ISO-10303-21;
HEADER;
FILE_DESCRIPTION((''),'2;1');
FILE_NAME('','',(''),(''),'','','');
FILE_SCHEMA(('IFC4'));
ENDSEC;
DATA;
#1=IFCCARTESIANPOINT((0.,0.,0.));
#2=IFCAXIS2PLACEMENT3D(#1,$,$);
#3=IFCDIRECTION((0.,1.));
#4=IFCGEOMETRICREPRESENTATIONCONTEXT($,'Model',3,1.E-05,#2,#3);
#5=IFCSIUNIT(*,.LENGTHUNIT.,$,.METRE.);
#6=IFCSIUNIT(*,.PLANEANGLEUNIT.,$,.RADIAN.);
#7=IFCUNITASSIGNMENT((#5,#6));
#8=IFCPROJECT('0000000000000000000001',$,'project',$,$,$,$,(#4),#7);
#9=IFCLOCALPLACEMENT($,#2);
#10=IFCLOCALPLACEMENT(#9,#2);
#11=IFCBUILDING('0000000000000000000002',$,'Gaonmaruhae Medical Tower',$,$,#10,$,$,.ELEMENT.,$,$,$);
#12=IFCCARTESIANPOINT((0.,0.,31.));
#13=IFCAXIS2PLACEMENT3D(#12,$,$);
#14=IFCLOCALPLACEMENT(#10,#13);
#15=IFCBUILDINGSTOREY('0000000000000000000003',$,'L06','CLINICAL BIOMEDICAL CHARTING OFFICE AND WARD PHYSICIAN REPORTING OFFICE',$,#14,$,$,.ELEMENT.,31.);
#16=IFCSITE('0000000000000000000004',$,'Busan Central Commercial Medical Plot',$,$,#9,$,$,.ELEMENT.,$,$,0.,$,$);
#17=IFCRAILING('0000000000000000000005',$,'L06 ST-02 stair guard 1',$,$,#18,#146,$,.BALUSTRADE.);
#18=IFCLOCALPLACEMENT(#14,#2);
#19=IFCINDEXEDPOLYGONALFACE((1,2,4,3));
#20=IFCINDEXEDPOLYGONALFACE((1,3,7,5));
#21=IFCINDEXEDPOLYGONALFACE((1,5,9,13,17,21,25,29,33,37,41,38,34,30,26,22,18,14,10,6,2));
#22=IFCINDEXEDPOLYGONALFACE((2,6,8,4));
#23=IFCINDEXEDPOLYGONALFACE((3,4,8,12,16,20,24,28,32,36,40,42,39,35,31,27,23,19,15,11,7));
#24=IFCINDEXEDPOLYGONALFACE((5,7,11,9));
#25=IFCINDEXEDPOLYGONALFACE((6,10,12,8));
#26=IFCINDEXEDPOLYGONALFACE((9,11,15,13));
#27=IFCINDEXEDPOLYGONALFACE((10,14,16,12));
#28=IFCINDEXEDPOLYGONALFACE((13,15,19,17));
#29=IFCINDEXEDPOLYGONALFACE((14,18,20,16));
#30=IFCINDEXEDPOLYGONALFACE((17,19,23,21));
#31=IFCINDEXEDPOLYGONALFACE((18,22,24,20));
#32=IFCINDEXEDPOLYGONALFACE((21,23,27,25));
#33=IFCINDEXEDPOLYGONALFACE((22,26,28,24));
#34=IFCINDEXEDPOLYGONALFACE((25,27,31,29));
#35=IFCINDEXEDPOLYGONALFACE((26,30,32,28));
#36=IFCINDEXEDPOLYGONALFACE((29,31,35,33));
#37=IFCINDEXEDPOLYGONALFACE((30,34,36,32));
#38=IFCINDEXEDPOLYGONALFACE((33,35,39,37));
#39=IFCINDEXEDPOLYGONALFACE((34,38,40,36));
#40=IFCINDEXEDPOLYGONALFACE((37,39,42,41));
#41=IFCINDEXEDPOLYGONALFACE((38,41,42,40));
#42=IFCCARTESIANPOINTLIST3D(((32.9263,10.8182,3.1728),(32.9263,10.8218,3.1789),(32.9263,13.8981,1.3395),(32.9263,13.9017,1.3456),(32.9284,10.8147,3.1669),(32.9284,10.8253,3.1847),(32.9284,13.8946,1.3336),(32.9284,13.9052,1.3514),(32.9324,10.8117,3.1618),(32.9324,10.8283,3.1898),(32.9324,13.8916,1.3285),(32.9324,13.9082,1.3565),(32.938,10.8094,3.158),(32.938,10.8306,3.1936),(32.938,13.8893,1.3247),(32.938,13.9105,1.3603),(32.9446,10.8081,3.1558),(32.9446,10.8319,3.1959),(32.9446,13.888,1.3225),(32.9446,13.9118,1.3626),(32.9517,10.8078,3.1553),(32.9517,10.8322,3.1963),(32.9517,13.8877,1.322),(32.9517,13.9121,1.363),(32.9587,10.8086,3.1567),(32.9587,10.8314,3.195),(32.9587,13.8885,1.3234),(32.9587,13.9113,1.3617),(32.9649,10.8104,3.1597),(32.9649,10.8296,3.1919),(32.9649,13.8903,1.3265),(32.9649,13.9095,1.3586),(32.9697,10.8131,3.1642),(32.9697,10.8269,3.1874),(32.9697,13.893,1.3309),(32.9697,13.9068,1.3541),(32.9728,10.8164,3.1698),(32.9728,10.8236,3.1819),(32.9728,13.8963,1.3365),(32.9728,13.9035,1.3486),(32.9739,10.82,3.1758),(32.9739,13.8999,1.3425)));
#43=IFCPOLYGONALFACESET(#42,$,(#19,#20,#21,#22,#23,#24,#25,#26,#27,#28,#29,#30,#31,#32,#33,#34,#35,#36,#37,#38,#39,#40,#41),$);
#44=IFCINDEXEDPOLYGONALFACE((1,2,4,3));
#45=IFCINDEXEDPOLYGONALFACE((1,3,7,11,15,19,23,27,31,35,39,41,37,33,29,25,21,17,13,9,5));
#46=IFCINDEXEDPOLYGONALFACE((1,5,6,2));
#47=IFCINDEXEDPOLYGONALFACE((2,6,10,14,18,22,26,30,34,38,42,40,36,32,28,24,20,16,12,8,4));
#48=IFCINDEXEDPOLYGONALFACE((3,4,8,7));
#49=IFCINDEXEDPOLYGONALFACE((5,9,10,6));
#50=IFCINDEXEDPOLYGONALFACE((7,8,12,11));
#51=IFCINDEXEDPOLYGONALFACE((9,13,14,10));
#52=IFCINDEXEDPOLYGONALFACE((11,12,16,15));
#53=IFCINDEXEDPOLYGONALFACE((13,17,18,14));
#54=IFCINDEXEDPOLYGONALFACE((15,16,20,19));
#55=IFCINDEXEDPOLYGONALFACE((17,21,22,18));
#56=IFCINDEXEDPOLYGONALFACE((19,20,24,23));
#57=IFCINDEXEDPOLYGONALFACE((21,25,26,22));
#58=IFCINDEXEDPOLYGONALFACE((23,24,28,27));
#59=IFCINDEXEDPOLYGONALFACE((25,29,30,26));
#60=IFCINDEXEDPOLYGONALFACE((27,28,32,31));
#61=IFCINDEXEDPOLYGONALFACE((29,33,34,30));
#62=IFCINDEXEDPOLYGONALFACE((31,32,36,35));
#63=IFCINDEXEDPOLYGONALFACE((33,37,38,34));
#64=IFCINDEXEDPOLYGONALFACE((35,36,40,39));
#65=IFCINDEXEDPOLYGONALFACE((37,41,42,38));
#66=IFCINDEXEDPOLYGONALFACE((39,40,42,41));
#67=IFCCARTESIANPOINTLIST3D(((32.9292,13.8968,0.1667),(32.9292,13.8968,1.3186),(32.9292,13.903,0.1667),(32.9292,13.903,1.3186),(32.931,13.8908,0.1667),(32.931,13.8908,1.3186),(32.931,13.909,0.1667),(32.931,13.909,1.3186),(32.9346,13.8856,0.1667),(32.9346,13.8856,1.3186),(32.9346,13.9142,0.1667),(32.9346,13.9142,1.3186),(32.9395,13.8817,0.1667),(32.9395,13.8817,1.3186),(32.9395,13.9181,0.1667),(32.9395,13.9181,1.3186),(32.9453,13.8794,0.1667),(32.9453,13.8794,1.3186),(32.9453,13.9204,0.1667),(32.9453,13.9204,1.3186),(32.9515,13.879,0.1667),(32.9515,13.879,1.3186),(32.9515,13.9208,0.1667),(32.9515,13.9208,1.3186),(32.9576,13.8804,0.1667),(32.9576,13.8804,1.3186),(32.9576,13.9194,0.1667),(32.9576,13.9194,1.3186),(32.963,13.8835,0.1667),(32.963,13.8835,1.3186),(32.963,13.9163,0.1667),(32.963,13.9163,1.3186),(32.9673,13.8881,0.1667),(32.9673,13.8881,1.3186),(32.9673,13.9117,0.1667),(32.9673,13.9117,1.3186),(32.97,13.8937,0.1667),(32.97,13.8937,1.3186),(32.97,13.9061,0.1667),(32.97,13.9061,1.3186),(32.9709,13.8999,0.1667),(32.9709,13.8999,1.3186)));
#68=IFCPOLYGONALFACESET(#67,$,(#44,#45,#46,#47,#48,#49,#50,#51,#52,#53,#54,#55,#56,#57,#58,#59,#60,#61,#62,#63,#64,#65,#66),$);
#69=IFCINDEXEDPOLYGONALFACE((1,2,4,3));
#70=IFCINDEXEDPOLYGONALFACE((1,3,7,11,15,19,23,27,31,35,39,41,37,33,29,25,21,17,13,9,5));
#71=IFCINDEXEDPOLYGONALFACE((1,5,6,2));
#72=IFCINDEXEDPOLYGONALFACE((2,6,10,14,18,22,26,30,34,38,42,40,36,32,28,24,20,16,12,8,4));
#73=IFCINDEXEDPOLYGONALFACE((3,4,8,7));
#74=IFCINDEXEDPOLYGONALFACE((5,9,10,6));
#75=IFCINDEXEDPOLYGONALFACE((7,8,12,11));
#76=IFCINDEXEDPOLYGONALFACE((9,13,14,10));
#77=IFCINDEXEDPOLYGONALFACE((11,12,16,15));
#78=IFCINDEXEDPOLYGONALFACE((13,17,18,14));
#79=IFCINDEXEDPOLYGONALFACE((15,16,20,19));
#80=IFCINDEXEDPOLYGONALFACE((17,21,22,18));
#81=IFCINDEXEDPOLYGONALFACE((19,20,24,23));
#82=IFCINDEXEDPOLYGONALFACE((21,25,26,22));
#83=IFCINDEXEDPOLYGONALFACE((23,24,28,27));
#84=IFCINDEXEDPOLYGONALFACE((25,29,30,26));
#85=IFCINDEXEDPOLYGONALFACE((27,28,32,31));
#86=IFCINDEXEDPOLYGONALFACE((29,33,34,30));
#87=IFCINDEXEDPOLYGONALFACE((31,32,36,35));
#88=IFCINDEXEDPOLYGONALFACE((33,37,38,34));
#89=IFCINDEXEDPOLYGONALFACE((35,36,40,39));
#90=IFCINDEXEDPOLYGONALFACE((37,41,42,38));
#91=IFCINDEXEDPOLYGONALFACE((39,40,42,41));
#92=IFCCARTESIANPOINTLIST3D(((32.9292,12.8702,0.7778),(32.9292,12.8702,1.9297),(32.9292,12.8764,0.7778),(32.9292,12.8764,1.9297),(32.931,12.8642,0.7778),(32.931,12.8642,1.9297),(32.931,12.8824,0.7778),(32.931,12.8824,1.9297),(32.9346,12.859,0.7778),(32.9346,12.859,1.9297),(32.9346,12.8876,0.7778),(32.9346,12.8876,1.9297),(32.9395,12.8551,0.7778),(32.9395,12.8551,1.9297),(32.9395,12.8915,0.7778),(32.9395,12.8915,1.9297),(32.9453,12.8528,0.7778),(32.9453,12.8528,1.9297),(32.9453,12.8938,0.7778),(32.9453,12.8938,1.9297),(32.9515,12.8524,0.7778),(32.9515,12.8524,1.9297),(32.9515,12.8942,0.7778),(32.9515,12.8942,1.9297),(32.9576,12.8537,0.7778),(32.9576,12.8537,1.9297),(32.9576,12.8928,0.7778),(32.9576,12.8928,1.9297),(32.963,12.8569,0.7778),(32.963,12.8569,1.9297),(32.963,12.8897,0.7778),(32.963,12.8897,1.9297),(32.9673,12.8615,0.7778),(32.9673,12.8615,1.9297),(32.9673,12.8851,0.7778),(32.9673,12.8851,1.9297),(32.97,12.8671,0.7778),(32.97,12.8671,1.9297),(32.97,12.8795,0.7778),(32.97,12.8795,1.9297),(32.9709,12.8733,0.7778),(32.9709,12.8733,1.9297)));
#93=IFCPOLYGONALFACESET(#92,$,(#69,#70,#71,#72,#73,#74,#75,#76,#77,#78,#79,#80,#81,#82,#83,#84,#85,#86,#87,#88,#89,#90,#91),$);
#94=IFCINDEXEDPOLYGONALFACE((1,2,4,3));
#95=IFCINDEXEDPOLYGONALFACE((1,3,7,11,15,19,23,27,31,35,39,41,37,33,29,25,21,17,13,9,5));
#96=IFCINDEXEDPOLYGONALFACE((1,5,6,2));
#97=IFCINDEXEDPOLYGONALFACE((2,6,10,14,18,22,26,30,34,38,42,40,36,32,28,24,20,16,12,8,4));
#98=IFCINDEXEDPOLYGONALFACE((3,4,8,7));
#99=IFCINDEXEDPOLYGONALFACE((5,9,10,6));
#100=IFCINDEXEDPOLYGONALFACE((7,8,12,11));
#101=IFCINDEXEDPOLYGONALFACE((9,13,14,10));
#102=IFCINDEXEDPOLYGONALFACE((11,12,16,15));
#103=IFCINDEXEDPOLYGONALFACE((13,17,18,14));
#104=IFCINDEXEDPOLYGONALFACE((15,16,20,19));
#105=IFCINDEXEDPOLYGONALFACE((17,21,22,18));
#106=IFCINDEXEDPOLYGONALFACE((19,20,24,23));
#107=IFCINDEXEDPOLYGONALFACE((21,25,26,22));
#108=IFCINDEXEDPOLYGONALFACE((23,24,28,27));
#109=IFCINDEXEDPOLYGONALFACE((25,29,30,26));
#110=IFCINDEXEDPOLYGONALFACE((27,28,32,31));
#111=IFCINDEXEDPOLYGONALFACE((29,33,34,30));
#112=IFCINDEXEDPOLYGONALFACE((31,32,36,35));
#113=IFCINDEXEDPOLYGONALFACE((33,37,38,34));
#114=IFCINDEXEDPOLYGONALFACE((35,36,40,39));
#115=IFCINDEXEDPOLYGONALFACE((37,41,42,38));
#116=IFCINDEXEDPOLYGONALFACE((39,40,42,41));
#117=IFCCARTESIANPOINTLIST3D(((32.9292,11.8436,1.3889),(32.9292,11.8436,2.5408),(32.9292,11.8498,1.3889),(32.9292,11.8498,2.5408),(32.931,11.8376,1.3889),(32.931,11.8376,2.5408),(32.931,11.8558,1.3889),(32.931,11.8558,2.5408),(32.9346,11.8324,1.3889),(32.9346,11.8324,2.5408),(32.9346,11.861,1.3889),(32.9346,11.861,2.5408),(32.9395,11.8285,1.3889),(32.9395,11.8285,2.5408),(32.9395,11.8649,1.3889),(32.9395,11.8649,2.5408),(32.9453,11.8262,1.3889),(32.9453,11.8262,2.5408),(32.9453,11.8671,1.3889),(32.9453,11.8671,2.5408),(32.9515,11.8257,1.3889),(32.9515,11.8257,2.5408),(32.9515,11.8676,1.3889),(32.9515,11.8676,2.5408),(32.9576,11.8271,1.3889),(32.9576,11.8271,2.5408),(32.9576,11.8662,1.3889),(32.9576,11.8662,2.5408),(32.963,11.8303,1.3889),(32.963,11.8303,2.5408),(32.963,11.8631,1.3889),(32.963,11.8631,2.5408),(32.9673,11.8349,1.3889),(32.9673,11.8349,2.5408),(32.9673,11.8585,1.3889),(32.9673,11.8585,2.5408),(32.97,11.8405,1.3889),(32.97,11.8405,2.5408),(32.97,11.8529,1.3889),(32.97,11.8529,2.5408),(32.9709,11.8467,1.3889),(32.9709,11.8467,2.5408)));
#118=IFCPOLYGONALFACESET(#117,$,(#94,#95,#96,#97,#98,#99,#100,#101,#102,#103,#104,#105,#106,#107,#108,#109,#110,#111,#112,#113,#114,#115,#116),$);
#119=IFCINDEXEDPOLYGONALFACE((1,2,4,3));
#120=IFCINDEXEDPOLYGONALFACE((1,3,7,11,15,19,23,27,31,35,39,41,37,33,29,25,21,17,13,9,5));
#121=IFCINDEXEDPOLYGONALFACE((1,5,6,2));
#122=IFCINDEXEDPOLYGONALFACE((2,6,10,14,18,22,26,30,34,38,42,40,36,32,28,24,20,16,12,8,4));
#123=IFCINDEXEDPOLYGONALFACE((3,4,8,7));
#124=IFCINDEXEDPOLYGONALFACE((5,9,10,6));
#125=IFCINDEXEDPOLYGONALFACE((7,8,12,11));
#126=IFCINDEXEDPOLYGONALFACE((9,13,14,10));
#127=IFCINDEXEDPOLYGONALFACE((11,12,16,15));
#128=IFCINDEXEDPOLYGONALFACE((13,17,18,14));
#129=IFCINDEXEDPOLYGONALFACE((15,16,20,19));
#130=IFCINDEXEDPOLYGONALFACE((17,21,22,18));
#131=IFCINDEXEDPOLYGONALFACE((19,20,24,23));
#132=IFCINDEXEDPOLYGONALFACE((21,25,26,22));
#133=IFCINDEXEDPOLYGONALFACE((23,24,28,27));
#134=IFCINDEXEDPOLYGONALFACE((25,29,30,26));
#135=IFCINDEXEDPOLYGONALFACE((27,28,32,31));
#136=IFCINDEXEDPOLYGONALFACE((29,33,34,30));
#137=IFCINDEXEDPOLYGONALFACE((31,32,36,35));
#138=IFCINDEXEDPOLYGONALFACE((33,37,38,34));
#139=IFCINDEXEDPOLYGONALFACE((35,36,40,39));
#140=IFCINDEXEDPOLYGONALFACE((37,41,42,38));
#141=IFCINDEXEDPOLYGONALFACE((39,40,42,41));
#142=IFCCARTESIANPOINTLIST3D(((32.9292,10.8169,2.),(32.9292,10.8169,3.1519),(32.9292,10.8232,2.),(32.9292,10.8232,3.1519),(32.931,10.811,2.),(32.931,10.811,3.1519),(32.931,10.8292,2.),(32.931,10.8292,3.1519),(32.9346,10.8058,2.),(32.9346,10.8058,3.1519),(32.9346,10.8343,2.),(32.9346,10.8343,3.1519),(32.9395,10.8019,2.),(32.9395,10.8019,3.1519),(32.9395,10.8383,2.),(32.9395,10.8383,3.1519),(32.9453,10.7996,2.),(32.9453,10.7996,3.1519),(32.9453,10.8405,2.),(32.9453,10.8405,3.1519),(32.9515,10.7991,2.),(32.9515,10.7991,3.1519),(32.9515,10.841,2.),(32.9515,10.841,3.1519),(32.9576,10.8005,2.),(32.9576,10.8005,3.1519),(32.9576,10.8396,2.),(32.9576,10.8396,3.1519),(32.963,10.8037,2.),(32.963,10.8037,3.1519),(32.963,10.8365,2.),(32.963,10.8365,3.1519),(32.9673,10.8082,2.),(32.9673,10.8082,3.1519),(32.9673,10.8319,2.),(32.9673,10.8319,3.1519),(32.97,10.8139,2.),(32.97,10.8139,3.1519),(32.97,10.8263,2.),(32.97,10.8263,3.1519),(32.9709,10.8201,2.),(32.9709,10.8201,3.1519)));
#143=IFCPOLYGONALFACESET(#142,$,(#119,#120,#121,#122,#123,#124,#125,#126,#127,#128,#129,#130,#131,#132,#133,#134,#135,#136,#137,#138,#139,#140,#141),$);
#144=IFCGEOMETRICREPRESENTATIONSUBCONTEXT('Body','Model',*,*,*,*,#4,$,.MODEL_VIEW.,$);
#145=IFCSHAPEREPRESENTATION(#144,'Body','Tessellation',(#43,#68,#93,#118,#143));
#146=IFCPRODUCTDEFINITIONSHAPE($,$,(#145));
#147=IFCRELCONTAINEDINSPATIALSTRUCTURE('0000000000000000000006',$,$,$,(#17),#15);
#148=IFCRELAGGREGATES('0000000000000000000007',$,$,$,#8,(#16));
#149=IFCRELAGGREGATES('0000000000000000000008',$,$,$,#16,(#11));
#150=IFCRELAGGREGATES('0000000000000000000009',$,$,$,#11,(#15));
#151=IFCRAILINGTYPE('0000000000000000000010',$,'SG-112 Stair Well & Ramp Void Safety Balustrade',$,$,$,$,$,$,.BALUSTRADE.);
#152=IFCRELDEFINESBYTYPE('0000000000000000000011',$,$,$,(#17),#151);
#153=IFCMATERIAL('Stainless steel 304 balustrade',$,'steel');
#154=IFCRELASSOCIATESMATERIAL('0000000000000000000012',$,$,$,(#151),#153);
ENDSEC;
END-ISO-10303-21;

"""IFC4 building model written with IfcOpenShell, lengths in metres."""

from ifc_helpers import new_model, si_unit, direction, frame, origin, origin_2d, place, context, subcontext, project, spatial, circle, extrude, material, type_object, element, save


model = new_model("IFC4")

# Units and contexts
model_context = context("Model", 3, precision=1e-05, world=origin(), true_north=direction((0.0, 1.0)))
body_context = subcontext(model_context, "Body", "Model", "MODEL_VIEW")
ifc_project = project(units=[si_unit("LENGTHUNIT", "METRE"), si_unit("PLANEANGLEUNIT", "RADIAN")], contexts=[model_context])

# Site, building, storey
site_placement = place(None, origin())
site = spatial("IfcSite", under=ifc_project, at=site_placement, Name="Busan Central Commercial Medical Plot", CompositionType="ELEMENT", RefElevation=0.0)
building_placement = place(site_placement, origin())
building = spatial("IfcBuilding", under=site, at=building_placement, Name="Gaonmaruhae Medical Tower", CompositionType="ELEMENT")
storey_placement = place(building_placement, frame((0.0, 0.0, 31.0)))
storey = spatial("IfcBuildingStorey", under=building, at=storey_placement, Name="L06", Description="CLINICAL BIOMEDICAL CHARTING OFFICE AND WARD PHYSICIAN REPORTING OFFICE", CompositionType="ELEMENT", Elevation=31.0)

# Railing
ifc_material_1 = material(Name="Stainless steel 304 balustrade", Category="steel")
railing_type_1 = type_object("IfcRailingType", Name="SG-112 Stair Well & Ramp Void Safety Balustrade", PredefinedType="BALUSTRADE", material=ifc_material_1)
railing_1_placement = place(storey_placement, frame((32.95, 13.8999, 0.1667)))
element("IfcRailing", 1, at=railing_1_placement, inside=storey, type_object=railing_type_1, Name="L06 ST-02 stair guard 1", PredefinedType="BALUSTRADE", context=body_context, shape_type="SweptSolid", body=[
    extrude(circle(Radius=0.0239, at=origin_2d()), frame((0.0, 0.0, 1.1758), z_axis=(0.0, -0.859291, 0.511487), x_axis=(1.0, 0.0, 0.0)), (0.0, 0.0, 1.0), 3.5842),
    extrude(circle(Radius=0.021, at=origin_2d()), origin(), (0.0, 0.0, 1.0), 1.1519),
    extrude(circle(Radius=0.021, at=origin_2d()), frame((0.0, -1.0266, 0.6111)), (0.0, 0.0, 1.0), 1.1519),
    extrude(circle(Radius=0.021, at=origin_2d()), frame((0.0, -2.0532, 1.2222)), (0.0, 0.0, 1.0), 1.1519),
    extrude(circle(Radius=0.021, at=origin_2d()), frame((0.0, -3.0798, 1.8333)), (0.0, 0.0, 1.0), 1.1519),
])

save(model, "model.ifc")
